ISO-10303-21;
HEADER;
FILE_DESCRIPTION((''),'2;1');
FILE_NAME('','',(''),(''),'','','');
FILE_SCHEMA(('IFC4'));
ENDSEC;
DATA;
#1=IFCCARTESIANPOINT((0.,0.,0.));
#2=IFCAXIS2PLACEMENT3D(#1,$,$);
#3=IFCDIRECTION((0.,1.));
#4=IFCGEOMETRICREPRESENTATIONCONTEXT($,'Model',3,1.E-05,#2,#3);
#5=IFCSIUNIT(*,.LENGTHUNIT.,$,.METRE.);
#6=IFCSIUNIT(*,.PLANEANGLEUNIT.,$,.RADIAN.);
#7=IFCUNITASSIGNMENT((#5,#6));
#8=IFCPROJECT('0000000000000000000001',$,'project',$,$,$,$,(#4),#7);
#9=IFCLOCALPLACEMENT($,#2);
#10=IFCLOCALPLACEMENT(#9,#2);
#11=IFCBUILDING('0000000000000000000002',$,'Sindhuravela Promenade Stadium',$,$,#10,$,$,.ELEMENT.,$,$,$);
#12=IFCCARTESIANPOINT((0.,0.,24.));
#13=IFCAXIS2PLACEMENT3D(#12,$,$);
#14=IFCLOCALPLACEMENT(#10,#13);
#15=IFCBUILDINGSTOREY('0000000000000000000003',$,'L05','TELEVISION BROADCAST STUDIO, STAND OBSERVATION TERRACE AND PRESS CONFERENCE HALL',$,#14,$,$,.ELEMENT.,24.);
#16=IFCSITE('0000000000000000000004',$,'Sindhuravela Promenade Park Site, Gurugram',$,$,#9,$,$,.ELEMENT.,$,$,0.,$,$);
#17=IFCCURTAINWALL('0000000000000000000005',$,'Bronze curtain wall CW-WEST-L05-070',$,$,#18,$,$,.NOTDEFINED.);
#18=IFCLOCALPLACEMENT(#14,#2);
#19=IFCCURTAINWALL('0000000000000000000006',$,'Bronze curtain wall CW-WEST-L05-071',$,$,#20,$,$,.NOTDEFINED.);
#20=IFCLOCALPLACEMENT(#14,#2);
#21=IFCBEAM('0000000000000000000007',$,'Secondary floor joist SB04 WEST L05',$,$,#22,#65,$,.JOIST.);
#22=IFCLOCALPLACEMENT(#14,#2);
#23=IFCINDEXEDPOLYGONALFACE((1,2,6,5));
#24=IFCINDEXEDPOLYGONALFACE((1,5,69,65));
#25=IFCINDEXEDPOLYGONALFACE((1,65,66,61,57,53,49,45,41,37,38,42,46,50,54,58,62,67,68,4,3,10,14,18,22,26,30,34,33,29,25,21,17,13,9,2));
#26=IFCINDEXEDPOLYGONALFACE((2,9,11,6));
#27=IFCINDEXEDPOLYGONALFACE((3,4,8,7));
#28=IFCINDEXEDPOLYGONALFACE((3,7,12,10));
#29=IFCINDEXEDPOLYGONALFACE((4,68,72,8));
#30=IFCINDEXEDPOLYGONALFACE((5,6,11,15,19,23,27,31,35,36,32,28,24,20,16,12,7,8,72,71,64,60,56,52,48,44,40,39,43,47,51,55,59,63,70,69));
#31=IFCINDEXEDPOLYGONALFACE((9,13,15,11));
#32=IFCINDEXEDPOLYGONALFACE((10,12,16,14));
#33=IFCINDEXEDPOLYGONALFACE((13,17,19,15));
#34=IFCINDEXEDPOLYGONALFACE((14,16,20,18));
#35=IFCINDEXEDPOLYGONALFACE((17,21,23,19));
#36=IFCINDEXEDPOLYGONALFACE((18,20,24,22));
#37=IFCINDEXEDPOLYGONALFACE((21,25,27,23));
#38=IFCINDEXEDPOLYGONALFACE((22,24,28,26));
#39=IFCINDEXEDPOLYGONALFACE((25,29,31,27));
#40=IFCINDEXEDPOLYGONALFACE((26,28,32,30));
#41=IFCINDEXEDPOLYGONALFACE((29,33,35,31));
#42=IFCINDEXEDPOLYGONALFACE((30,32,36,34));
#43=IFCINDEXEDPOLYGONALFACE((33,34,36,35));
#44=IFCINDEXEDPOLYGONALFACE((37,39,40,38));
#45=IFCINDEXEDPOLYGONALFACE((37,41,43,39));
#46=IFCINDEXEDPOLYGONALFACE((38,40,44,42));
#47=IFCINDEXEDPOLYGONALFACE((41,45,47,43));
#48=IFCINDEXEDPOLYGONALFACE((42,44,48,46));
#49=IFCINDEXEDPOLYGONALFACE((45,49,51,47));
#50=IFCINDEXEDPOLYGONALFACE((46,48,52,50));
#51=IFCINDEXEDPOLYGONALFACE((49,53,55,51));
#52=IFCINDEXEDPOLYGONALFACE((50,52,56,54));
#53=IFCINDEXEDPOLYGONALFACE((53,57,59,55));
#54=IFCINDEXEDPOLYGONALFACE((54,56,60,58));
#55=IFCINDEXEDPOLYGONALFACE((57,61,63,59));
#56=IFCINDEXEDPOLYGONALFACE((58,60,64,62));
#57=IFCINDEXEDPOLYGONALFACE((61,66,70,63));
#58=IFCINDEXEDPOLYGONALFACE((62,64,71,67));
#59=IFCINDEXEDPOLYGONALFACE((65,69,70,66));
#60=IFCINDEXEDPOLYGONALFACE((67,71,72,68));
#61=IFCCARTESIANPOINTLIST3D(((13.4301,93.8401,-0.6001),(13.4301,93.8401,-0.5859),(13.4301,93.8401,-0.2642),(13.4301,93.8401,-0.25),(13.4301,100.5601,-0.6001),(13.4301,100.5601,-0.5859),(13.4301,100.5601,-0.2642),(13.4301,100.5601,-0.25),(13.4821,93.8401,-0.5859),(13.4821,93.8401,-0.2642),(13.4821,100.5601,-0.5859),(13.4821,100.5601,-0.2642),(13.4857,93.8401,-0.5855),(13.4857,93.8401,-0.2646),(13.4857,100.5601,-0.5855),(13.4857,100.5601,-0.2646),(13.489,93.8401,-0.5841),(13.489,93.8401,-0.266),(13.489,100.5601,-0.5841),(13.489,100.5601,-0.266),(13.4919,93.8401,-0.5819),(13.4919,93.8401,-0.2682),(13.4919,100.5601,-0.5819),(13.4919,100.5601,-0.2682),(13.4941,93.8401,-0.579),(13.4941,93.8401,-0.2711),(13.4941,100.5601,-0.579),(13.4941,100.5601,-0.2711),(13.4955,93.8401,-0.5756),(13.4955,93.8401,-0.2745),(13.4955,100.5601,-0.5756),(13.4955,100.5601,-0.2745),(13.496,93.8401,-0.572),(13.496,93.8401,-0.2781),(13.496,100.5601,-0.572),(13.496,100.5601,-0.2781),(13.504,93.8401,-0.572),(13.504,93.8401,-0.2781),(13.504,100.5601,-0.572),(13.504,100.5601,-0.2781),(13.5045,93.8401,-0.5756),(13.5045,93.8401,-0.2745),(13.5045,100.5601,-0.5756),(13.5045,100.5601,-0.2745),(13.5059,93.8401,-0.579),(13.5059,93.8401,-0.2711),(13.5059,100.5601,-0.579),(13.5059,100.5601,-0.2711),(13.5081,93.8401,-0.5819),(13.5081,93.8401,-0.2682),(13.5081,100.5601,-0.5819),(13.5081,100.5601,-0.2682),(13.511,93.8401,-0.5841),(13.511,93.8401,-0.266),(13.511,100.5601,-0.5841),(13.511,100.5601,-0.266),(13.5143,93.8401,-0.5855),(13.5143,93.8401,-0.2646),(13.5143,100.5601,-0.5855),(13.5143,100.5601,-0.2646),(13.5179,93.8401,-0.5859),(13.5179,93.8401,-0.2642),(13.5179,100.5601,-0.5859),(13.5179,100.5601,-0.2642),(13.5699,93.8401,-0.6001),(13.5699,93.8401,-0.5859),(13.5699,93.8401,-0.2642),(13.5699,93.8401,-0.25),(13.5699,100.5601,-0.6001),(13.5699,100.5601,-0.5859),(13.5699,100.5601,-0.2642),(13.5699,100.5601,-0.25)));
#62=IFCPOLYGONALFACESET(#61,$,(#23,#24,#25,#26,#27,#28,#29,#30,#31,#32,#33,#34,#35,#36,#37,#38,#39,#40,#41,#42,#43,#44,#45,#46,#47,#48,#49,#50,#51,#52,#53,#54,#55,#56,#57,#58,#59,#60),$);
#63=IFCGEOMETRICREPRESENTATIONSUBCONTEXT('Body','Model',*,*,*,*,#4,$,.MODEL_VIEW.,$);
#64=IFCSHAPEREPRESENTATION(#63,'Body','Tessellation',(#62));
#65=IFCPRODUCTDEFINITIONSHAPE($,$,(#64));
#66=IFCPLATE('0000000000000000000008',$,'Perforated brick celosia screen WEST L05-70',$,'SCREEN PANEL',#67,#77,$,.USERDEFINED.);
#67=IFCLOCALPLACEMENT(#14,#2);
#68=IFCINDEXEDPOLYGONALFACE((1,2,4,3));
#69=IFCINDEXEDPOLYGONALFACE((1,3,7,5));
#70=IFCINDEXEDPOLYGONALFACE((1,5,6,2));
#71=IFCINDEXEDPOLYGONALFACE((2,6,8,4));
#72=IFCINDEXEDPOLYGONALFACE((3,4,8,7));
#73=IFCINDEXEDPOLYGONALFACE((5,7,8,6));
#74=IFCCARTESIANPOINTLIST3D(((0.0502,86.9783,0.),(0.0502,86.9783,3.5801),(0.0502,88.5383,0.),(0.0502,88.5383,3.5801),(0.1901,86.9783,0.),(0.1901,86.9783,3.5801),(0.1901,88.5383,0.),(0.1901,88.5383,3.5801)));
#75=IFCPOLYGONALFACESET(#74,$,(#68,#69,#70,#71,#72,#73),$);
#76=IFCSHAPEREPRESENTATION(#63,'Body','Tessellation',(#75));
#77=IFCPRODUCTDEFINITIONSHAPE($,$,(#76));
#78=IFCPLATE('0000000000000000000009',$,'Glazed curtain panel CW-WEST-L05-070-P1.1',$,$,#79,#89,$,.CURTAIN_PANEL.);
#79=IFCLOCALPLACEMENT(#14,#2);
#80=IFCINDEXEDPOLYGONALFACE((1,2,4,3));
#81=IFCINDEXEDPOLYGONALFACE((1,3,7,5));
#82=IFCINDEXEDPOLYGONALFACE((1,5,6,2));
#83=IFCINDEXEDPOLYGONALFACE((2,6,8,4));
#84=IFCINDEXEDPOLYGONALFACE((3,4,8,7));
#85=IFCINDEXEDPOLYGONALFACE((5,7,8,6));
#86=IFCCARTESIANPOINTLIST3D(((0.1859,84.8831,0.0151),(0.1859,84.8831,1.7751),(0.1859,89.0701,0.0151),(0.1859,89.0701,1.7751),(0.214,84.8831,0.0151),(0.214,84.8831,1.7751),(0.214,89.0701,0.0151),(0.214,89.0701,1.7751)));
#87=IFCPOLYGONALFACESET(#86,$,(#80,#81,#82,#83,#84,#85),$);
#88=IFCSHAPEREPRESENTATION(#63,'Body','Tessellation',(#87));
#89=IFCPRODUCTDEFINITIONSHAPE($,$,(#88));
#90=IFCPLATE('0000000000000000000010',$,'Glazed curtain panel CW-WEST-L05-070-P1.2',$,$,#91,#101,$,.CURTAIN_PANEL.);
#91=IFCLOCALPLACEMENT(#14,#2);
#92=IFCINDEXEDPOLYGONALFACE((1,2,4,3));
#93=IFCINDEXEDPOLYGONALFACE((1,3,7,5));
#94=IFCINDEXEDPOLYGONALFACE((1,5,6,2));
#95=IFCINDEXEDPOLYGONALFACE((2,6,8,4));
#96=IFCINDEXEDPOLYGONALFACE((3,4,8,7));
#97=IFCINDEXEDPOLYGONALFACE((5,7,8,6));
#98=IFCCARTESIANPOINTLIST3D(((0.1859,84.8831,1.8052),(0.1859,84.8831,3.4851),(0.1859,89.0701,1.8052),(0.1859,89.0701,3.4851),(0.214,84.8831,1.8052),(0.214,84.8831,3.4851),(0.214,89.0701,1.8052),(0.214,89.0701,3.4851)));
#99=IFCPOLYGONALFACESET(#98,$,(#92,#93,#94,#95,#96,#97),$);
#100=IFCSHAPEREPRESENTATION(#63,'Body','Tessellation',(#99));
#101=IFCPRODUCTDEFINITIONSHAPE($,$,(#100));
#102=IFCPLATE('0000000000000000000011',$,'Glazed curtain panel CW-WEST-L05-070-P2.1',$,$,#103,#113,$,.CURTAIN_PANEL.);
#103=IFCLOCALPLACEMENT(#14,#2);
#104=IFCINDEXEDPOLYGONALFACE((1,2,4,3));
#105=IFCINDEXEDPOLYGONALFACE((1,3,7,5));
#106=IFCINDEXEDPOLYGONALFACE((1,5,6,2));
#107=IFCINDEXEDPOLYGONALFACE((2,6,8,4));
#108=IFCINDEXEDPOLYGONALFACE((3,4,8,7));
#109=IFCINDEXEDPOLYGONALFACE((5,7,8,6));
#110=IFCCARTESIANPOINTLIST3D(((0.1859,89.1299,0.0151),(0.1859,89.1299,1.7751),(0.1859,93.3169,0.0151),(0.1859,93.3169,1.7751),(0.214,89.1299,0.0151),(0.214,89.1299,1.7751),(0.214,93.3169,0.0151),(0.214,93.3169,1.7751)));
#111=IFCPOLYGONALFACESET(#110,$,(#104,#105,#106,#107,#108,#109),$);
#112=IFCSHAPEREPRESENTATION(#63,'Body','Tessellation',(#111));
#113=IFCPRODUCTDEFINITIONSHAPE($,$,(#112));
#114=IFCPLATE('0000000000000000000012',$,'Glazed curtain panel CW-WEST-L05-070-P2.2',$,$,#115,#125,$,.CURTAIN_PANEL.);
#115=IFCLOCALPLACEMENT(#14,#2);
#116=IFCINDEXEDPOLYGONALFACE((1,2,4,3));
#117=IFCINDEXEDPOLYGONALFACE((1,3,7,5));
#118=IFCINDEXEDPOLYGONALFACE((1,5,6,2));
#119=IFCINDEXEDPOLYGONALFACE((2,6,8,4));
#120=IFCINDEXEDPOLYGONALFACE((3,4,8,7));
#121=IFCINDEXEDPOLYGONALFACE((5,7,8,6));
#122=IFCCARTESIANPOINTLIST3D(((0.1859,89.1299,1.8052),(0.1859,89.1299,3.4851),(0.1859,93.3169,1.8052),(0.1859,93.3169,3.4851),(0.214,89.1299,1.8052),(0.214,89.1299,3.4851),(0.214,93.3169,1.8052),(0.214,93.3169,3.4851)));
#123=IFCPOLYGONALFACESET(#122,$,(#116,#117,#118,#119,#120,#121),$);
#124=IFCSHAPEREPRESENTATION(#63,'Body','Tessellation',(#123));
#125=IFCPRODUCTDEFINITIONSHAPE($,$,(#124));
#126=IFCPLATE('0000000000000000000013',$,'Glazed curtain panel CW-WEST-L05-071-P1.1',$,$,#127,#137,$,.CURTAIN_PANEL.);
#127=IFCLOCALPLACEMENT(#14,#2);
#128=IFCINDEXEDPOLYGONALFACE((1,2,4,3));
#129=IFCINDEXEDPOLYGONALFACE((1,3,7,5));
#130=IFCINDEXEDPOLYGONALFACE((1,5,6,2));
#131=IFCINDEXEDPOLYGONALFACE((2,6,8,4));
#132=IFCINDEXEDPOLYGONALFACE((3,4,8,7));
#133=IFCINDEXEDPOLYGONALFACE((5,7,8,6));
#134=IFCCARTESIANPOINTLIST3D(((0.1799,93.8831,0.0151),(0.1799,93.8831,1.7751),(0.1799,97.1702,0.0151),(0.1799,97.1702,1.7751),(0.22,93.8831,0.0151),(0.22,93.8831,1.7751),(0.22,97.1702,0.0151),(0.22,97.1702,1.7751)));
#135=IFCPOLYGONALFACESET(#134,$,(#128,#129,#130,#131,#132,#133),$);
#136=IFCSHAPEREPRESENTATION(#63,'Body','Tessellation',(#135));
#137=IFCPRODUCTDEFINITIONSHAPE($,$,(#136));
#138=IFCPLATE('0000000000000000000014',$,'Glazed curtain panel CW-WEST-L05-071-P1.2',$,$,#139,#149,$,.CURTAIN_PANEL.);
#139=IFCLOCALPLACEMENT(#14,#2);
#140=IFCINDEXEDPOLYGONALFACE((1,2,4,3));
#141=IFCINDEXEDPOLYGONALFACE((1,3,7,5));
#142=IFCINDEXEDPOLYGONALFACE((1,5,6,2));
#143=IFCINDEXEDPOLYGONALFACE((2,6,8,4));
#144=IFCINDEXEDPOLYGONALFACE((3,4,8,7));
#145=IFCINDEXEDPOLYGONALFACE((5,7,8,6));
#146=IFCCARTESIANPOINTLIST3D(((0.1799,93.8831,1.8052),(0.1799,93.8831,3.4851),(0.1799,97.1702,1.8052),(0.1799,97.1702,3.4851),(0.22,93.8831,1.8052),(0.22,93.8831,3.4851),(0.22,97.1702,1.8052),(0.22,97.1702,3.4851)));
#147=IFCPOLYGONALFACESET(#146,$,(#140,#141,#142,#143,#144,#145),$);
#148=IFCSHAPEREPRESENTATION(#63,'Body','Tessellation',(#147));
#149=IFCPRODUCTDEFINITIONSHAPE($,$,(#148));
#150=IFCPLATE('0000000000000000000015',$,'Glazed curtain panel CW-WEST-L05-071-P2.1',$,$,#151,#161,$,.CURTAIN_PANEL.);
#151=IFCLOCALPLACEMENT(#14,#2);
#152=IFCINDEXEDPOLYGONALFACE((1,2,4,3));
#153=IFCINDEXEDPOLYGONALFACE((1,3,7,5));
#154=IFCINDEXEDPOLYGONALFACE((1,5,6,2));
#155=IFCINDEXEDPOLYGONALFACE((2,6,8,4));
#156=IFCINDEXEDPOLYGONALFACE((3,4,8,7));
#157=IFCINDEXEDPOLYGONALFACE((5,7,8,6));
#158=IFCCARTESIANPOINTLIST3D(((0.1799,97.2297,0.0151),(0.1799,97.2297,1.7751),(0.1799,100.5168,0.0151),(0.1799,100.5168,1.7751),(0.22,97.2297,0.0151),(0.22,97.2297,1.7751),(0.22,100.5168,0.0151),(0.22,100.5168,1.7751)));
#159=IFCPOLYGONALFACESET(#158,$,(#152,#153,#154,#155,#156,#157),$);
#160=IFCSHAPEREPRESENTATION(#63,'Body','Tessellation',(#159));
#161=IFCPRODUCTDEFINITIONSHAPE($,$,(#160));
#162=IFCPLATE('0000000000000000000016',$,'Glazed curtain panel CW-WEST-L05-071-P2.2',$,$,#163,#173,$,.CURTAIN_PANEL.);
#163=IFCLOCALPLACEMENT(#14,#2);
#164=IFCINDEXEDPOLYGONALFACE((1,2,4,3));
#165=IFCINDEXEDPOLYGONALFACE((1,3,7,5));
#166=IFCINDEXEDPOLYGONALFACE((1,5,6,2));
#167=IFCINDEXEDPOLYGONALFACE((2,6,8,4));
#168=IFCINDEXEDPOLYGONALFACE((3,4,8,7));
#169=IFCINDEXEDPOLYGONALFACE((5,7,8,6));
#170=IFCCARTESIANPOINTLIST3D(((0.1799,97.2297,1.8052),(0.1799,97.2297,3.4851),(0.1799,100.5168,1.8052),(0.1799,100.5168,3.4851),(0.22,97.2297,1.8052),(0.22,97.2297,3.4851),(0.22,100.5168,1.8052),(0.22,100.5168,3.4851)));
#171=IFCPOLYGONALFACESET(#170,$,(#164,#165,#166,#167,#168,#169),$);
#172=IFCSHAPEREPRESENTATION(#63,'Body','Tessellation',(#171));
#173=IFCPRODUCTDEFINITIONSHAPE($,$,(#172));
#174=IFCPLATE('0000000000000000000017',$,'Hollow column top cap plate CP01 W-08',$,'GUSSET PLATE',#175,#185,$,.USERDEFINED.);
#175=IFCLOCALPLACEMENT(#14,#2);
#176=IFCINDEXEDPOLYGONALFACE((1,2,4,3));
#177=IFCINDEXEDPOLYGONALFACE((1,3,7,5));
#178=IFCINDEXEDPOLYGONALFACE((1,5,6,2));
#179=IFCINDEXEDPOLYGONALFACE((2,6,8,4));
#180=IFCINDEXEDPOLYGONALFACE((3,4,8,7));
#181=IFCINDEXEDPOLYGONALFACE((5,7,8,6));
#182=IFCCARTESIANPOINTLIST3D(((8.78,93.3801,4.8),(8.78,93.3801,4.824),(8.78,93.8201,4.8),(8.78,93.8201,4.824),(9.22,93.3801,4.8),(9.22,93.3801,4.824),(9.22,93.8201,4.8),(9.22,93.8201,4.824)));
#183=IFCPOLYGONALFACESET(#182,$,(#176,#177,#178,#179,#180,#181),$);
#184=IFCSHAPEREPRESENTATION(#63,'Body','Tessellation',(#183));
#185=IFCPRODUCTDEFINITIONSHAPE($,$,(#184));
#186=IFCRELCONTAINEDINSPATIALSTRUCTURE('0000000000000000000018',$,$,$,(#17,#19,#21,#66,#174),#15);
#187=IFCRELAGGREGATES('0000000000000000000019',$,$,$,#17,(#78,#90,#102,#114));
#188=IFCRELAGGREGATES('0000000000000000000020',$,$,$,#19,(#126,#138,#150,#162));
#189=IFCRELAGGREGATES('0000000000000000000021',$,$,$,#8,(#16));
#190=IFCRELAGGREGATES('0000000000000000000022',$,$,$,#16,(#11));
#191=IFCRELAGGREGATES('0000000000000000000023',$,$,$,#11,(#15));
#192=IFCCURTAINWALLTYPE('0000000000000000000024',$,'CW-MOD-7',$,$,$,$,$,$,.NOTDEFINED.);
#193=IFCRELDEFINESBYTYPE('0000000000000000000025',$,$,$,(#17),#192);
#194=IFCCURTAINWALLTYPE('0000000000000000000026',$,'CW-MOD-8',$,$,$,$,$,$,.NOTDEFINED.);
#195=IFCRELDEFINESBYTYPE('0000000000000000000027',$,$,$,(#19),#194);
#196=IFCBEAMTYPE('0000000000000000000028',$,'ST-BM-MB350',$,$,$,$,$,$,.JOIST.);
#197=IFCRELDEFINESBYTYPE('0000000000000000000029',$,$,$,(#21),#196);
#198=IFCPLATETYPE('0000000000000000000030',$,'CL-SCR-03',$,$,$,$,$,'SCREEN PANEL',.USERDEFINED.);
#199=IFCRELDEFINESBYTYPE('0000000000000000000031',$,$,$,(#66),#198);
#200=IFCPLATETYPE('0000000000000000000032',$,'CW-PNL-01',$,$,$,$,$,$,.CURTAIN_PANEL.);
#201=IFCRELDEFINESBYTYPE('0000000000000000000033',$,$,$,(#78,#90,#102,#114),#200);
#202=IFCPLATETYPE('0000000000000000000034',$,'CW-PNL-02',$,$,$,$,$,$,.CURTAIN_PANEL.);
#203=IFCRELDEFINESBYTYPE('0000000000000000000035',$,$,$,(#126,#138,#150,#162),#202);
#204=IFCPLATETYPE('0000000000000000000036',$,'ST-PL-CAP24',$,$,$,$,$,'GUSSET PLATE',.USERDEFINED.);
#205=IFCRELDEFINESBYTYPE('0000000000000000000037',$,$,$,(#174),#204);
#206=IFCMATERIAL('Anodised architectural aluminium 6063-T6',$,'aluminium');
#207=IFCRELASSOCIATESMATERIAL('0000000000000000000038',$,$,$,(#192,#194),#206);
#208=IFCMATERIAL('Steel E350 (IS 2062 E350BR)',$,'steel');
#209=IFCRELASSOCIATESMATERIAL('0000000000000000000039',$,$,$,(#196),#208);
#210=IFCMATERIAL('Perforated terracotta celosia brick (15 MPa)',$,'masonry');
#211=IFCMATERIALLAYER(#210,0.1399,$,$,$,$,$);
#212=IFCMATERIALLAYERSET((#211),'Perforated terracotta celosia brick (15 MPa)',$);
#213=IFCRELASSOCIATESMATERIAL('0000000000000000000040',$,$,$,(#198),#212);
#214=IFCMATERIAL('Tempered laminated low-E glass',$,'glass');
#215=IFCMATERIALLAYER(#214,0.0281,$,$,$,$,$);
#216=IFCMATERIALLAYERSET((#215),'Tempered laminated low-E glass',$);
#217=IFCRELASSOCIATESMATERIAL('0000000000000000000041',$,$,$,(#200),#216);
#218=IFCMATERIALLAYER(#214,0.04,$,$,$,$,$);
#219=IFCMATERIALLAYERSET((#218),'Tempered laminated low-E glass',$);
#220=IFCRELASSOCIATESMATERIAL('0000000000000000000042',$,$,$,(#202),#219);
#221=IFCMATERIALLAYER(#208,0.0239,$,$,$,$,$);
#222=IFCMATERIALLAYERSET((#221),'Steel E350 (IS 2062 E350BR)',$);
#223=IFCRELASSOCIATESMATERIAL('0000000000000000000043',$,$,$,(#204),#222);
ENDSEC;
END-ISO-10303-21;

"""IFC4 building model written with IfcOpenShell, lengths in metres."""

from ifc_helpers import new_model, si_unit, direction, frame, origin, origin_2d, place, context, subcontext, project, spatial, rectangle, i_section, extrude, material, layer, layer_set, material_profile, profile_set, type_object, element, aggregate, save


model = new_model("IFC4")

# Units and contexts
model_context = context("Model", 3, precision=1e-05, world=origin(), true_north=direction((0.0, 1.0)))
body_context = subcontext(model_context, "Body", "Model", "MODEL_VIEW")
ifc_project = project(units=[si_unit("LENGTHUNIT", "METRE"), si_unit("PLANEANGLEUNIT", "RADIAN")], contexts=[model_context])

# Site, building, storey
site_placement = place(None, origin())
site = spatial("IfcSite", under=ifc_project, at=site_placement, Name="Sindhuravela Promenade Park Site, Gurugram", CompositionType="ELEMENT", RefElevation=0.0)
building_placement = place(site_placement, origin())
building = spatial("IfcBuilding", under=site, at=building_placement, Name="Sindhuravela Promenade Stadium", CompositionType="ELEMENT")
storey_placement = place(building_placement, frame((0.0, 0.0, 24.0)))
storey = spatial("IfcBuildingStorey", under=building, at=storey_placement, Name="L05", Description="TELEVISION BROADCAST STUDIO, STAND OBSERVATION TERRACE AND PRESS CONFERENCE HALL", CompositionType="ELEMENT", Elevation=24.0)

# Shared definitions
ifc_material_1 = material(Name="Steel E350 (IS 2062 E350BR)", Category="steel")

# Curtain walls
ifc_material_2 = material(Name="Anodised architectural aluminium 6063-T6", Category="aluminium")
curtain_wall_type_1 = type_object("IfcCurtainWallType", Name="CW-MOD-7", PredefinedType="NOTDEFINED", material=ifc_material_2)
curtain_wall_1_placement = place(storey_placement, origin())
curtain_wall_1 = element("IfcCurtainWall", 1, at=curtain_wall_1_placement, inside=storey, type_object=curtain_wall_type_1, Name="Bronze curtain wall CW-WEST-L05-070", PredefinedType="NOTDEFINED")
curtain_wall_type_2 = type_object("IfcCurtainWallType", Name="CW-MOD-8", PredefinedType="NOTDEFINED", material=ifc_material_2)
curtain_wall_2_placement = place(storey_placement, origin())
curtain_wall_2 = element("IfcCurtainWall", 2, at=curtain_wall_2_placement, inside=storey, type_object=curtain_wall_type_2, Name="Bronze curtain wall CW-WEST-L05-071", PredefinedType="NOTDEFINED")

# Beam
ifc_material_profile_1 = material_profile(ifc_material_1, i_section(OverallWidth=0.1399, OverallDepth=0.3501, WebThickness=0.0081, FlangeThickness=0.0142, FilletRadius=0.0139, at=origin_2d()), Name="ISMB 350")
ifc_profile_set_1 = profile_set([ifc_material_profile_1], Name="Steel E350 (IS 2062 E350BR)")
beam_type_1 = type_object("IfcBeamType", Name="ST-BM-MB350", PredefinedType="JOIST", material=ifc_profile_set_1)
beam_1_placement = place(storey_placement, frame((13.5, 93.8401, -0.425), z_axis=(0.0, 1.0, 0.0), x_axis=(-1.0, 0.0, 0.0)))
element("IfcBeam", 3, at=beam_1_placement, inside=storey, type_object=beam_type_1, Name="Secondary floor joist SB04 WEST L05", PredefinedType="JOIST", context=body_context, shape_type="SweptSolid", body=[
    extrude(i_section(OverallWidth=0.1399, OverallDepth=0.3501, WebThickness=0.0081, FlangeThickness=0.0142, FilletRadius=0.0139, at=origin_2d()), origin(), (0.0, 0.0, 1.0), 6.72),
])

# Plates
ifc_material_3 = material(Name="Perforated terracotta celosia brick (15 MPa)", Category="masonry")
ifc_layer_1 = layer(ifc_material_3, 0.1399)
ifc_layer_set_1 = layer_set([ifc_layer_1], Name="Perforated terracotta celosia brick (15 MPa)")
plate_type_1 = type_object("IfcPlateType", Name="CL-SCR-03", ElementType="SCREEN PANEL", PredefinedType="USERDEFINED", material=ifc_layer_set_1)
plate_1_placement = place(storey_placement, frame((0.1201, 87.7583, 0.0), z_axis=(0.0, 0.0, 1.0), x_axis=(0.0, 1.0, 0.0)))
element("IfcPlate", 4, at=plate_1_placement, inside=storey, type_object=plate_type_1, Name="Perforated brick celosia screen WEST L05-70", ObjectType="SCREEN PANEL", PredefinedType="USERDEFINED", context=body_context, shape_type="SweptSolid", body=[
    extrude(rectangle(XDim=1.5601, YDim=0.1399, at=origin_2d()), origin(), (0.0, 0.0, 1.0), 3.5801),
])
ifc_material_4 = material(Name="Tempered laminated low-E glass", Category="glass")
ifc_layer_2 = layer(ifc_material_4, 0.0281)
ifc_layer_set_2 = layer_set([ifc_layer_2], Name="Tempered laminated low-E glass")
plate_type_2 = type_object("IfcPlateType", Name="CW-PNL-01", PredefinedType="CURTAIN_PANEL", material=ifc_layer_set_2)
plate_2_placement = place(storey_placement, frame((0.2, 86.9766, 0.0151), z_axis=(0.0, 0.0, 1.0), x_axis=(0.0, 1.0, 0.0)))
plate_2 = element("IfcPlate", 5, at=plate_2_placement, type_object=plate_type_2, Name="Glazed curtain panel CW-WEST-L05-070-P1.1", PredefinedType="CURTAIN_PANEL", context=body_context, shape_type="SweptSolid", body=[
    extrude(rectangle(XDim=4.187, YDim=0.0281, at=origin_2d()), origin(), (0.0, 0.0, 1.0), 1.76),
])
plate_3_placement = place(storey_placement, frame((0.2, 86.9766, 1.8052), z_axis=(0.0, 0.0, 1.0), x_axis=(0.0, 1.0, 0.0)))
plate_3 = element("IfcPlate", 6, at=plate_3_placement, type_object=plate_type_2, Name="Glazed curtain panel CW-WEST-L05-070-P1.2", PredefinedType="CURTAIN_PANEL", context=body_context, shape_type="SweptSolid", body=[
    extrude(rectangle(XDim=4.187, YDim=0.0281, at=origin_2d()), origin(), (0.0, 0.0, 1.0), 1.6799),
])
plate_4_placement = place(storey_placement, frame((0.2, 91.2234, 0.0151), z_axis=(0.0, 0.0, 1.0), x_axis=(0.0, 1.0, 0.0)))
plate_4 = element("IfcPlate", 7, at=plate_4_placement, type_object=plate_type_2, Name="Glazed curtain panel CW-WEST-L05-070-P2.1", PredefinedType="CURTAIN_PANEL", context=body_context, shape_type="SweptSolid", body=[
    extrude(rectangle(XDim=4.187, YDim=0.0281, at=origin_2d()), origin(), (0.0, 0.0, 1.0), 1.76),
])
plate_5_placement = place(storey_placement, frame((0.2, 91.2234, 1.8052), z_axis=(0.0, 0.0, 1.0), x_axis=(0.0, 1.0, 0.0)))
plate_5 = element("IfcPlate", 8, at=plate_5_placement, type_object=plate_type_2, Name="Glazed curtain panel CW-WEST-L05-070-P2.2", PredefinedType="CURTAIN_PANEL", context=body_context, shape_type="SweptSolid", body=[
    extrude(rectangle(XDim=4.187, YDim=0.0281, at=origin_2d()), origin(), (0.0, 0.0, 1.0), 1.6799),
])
aggregate(curtain_wall_1, [plate_2, plate_3, plate_4, plate_5])
ifc_layer_3 = layer(ifc_material_4, 0.04)
ifc_layer_set_3 = layer_set([ifc_layer_3], Name="Tempered laminated low-E glass")
plate_type_3 = type_object("IfcPlateType", Name="CW-PNL-02", PredefinedType="CURTAIN_PANEL", material=ifc_layer_set_3)
plate_6_placement = place(storey_placement, frame((0.2, 95.5266, 0.0151), z_axis=(0.0, 0.0, 1.0), x_axis=(0.0, 1.0, 0.0)))
plate_6 = element("IfcPlate", 9, at=plate_6_placement, type_object=plate_type_3, Name="Glazed curtain panel CW-WEST-L05-071-P1.1", PredefinedType="CURTAIN_PANEL", context=body_context, shape_type="SweptSolid", body=[
    extrude(rectangle(XDim=3.2871, YDim=0.04, at=origin_2d()), origin(), (0.0, 0.0, 1.0), 1.76),
])
plate_7_placement = place(storey_placement, frame((0.2, 95.5266, 1.8052), z_axis=(0.0, 0.0, 1.0), x_axis=(0.0, 1.0, 0.0)))
plate_7 = element("IfcPlate", 10, at=plate_7_placement, type_object=plate_type_3, Name="Glazed curtain panel CW-WEST-L05-071-P1.2", PredefinedType="CURTAIN_PANEL", context=body_context, shape_type="SweptSolid", body=[
    extrude(rectangle(XDim=3.2871, YDim=0.04, at=origin_2d()), origin(), (0.0, 0.0, 1.0), 1.6799),
])
plate_8_placement = place(storey_placement, frame((0.2, 98.8733, 0.0151), z_axis=(0.0, 0.0, 1.0), x_axis=(0.0, 1.0, 0.0)))
plate_8 = element("IfcPlate", 11, at=plate_8_placement, type_object=plate_type_3, Name="Glazed curtain panel CW-WEST-L05-071-P2.1", PredefinedType="CURTAIN_PANEL", context=body_context, shape_type="SweptSolid", body=[
    extrude(rectangle(XDim=3.2871, YDim=0.04, at=origin_2d()), origin(), (0.0, 0.0, 1.0), 1.76),
])
plate_9_placement = place(storey_placement, frame((0.2, 98.8733, 1.8052), z_axis=(0.0, 0.0, 1.0), x_axis=(0.0, 1.0, 0.0)))
plate_9 = element("IfcPlate", 12, at=plate_9_placement, type_object=plate_type_3, Name="Glazed curtain panel CW-WEST-L05-071-P2.2", PredefinedType="CURTAIN_PANEL", context=body_context, shape_type="SweptSolid", body=[
    extrude(rectangle(XDim=3.2871, YDim=0.04, at=origin_2d()), origin(), (0.0, 0.0, 1.0), 1.6799),
])
aggregate(curtain_wall_2, [plate_6, plate_7, plate_8, plate_9])
ifc_layer_4 = layer(ifc_material_1, 0.0239)
ifc_layer_set_4 = layer_set([ifc_layer_4], Name="Steel E350 (IS 2062 E350BR)")
plate_type_4 = type_object("IfcPlateType", Name="ST-PL-CAP24", ElementType="GUSSET PLATE", PredefinedType="USERDEFINED", material=ifc_layer_set_4)
plate_10_placement = place(storey_placement, frame((9.0, 93.6001, 4.8), z_axis=(0.0, 0.0, 1.0), x_axis=(1.0, 0.0, 0.0)))
element("IfcPlate", 13, at=plate_10_placement, inside=storey, type_object=plate_type_4, Name="Hollow column top cap plate CP01 W-08", ObjectType="GUSSET PLATE", PredefinedType="USERDEFINED", context=body_context, shape_type="SweptSolid", body=[
    extrude(rectangle(XDim=0.4399, YDim=0.4399, at=origin_2d()), origin(), (0.0, 0.0, 1.0), 0.0239),
])

save(model, "model.ifc")
